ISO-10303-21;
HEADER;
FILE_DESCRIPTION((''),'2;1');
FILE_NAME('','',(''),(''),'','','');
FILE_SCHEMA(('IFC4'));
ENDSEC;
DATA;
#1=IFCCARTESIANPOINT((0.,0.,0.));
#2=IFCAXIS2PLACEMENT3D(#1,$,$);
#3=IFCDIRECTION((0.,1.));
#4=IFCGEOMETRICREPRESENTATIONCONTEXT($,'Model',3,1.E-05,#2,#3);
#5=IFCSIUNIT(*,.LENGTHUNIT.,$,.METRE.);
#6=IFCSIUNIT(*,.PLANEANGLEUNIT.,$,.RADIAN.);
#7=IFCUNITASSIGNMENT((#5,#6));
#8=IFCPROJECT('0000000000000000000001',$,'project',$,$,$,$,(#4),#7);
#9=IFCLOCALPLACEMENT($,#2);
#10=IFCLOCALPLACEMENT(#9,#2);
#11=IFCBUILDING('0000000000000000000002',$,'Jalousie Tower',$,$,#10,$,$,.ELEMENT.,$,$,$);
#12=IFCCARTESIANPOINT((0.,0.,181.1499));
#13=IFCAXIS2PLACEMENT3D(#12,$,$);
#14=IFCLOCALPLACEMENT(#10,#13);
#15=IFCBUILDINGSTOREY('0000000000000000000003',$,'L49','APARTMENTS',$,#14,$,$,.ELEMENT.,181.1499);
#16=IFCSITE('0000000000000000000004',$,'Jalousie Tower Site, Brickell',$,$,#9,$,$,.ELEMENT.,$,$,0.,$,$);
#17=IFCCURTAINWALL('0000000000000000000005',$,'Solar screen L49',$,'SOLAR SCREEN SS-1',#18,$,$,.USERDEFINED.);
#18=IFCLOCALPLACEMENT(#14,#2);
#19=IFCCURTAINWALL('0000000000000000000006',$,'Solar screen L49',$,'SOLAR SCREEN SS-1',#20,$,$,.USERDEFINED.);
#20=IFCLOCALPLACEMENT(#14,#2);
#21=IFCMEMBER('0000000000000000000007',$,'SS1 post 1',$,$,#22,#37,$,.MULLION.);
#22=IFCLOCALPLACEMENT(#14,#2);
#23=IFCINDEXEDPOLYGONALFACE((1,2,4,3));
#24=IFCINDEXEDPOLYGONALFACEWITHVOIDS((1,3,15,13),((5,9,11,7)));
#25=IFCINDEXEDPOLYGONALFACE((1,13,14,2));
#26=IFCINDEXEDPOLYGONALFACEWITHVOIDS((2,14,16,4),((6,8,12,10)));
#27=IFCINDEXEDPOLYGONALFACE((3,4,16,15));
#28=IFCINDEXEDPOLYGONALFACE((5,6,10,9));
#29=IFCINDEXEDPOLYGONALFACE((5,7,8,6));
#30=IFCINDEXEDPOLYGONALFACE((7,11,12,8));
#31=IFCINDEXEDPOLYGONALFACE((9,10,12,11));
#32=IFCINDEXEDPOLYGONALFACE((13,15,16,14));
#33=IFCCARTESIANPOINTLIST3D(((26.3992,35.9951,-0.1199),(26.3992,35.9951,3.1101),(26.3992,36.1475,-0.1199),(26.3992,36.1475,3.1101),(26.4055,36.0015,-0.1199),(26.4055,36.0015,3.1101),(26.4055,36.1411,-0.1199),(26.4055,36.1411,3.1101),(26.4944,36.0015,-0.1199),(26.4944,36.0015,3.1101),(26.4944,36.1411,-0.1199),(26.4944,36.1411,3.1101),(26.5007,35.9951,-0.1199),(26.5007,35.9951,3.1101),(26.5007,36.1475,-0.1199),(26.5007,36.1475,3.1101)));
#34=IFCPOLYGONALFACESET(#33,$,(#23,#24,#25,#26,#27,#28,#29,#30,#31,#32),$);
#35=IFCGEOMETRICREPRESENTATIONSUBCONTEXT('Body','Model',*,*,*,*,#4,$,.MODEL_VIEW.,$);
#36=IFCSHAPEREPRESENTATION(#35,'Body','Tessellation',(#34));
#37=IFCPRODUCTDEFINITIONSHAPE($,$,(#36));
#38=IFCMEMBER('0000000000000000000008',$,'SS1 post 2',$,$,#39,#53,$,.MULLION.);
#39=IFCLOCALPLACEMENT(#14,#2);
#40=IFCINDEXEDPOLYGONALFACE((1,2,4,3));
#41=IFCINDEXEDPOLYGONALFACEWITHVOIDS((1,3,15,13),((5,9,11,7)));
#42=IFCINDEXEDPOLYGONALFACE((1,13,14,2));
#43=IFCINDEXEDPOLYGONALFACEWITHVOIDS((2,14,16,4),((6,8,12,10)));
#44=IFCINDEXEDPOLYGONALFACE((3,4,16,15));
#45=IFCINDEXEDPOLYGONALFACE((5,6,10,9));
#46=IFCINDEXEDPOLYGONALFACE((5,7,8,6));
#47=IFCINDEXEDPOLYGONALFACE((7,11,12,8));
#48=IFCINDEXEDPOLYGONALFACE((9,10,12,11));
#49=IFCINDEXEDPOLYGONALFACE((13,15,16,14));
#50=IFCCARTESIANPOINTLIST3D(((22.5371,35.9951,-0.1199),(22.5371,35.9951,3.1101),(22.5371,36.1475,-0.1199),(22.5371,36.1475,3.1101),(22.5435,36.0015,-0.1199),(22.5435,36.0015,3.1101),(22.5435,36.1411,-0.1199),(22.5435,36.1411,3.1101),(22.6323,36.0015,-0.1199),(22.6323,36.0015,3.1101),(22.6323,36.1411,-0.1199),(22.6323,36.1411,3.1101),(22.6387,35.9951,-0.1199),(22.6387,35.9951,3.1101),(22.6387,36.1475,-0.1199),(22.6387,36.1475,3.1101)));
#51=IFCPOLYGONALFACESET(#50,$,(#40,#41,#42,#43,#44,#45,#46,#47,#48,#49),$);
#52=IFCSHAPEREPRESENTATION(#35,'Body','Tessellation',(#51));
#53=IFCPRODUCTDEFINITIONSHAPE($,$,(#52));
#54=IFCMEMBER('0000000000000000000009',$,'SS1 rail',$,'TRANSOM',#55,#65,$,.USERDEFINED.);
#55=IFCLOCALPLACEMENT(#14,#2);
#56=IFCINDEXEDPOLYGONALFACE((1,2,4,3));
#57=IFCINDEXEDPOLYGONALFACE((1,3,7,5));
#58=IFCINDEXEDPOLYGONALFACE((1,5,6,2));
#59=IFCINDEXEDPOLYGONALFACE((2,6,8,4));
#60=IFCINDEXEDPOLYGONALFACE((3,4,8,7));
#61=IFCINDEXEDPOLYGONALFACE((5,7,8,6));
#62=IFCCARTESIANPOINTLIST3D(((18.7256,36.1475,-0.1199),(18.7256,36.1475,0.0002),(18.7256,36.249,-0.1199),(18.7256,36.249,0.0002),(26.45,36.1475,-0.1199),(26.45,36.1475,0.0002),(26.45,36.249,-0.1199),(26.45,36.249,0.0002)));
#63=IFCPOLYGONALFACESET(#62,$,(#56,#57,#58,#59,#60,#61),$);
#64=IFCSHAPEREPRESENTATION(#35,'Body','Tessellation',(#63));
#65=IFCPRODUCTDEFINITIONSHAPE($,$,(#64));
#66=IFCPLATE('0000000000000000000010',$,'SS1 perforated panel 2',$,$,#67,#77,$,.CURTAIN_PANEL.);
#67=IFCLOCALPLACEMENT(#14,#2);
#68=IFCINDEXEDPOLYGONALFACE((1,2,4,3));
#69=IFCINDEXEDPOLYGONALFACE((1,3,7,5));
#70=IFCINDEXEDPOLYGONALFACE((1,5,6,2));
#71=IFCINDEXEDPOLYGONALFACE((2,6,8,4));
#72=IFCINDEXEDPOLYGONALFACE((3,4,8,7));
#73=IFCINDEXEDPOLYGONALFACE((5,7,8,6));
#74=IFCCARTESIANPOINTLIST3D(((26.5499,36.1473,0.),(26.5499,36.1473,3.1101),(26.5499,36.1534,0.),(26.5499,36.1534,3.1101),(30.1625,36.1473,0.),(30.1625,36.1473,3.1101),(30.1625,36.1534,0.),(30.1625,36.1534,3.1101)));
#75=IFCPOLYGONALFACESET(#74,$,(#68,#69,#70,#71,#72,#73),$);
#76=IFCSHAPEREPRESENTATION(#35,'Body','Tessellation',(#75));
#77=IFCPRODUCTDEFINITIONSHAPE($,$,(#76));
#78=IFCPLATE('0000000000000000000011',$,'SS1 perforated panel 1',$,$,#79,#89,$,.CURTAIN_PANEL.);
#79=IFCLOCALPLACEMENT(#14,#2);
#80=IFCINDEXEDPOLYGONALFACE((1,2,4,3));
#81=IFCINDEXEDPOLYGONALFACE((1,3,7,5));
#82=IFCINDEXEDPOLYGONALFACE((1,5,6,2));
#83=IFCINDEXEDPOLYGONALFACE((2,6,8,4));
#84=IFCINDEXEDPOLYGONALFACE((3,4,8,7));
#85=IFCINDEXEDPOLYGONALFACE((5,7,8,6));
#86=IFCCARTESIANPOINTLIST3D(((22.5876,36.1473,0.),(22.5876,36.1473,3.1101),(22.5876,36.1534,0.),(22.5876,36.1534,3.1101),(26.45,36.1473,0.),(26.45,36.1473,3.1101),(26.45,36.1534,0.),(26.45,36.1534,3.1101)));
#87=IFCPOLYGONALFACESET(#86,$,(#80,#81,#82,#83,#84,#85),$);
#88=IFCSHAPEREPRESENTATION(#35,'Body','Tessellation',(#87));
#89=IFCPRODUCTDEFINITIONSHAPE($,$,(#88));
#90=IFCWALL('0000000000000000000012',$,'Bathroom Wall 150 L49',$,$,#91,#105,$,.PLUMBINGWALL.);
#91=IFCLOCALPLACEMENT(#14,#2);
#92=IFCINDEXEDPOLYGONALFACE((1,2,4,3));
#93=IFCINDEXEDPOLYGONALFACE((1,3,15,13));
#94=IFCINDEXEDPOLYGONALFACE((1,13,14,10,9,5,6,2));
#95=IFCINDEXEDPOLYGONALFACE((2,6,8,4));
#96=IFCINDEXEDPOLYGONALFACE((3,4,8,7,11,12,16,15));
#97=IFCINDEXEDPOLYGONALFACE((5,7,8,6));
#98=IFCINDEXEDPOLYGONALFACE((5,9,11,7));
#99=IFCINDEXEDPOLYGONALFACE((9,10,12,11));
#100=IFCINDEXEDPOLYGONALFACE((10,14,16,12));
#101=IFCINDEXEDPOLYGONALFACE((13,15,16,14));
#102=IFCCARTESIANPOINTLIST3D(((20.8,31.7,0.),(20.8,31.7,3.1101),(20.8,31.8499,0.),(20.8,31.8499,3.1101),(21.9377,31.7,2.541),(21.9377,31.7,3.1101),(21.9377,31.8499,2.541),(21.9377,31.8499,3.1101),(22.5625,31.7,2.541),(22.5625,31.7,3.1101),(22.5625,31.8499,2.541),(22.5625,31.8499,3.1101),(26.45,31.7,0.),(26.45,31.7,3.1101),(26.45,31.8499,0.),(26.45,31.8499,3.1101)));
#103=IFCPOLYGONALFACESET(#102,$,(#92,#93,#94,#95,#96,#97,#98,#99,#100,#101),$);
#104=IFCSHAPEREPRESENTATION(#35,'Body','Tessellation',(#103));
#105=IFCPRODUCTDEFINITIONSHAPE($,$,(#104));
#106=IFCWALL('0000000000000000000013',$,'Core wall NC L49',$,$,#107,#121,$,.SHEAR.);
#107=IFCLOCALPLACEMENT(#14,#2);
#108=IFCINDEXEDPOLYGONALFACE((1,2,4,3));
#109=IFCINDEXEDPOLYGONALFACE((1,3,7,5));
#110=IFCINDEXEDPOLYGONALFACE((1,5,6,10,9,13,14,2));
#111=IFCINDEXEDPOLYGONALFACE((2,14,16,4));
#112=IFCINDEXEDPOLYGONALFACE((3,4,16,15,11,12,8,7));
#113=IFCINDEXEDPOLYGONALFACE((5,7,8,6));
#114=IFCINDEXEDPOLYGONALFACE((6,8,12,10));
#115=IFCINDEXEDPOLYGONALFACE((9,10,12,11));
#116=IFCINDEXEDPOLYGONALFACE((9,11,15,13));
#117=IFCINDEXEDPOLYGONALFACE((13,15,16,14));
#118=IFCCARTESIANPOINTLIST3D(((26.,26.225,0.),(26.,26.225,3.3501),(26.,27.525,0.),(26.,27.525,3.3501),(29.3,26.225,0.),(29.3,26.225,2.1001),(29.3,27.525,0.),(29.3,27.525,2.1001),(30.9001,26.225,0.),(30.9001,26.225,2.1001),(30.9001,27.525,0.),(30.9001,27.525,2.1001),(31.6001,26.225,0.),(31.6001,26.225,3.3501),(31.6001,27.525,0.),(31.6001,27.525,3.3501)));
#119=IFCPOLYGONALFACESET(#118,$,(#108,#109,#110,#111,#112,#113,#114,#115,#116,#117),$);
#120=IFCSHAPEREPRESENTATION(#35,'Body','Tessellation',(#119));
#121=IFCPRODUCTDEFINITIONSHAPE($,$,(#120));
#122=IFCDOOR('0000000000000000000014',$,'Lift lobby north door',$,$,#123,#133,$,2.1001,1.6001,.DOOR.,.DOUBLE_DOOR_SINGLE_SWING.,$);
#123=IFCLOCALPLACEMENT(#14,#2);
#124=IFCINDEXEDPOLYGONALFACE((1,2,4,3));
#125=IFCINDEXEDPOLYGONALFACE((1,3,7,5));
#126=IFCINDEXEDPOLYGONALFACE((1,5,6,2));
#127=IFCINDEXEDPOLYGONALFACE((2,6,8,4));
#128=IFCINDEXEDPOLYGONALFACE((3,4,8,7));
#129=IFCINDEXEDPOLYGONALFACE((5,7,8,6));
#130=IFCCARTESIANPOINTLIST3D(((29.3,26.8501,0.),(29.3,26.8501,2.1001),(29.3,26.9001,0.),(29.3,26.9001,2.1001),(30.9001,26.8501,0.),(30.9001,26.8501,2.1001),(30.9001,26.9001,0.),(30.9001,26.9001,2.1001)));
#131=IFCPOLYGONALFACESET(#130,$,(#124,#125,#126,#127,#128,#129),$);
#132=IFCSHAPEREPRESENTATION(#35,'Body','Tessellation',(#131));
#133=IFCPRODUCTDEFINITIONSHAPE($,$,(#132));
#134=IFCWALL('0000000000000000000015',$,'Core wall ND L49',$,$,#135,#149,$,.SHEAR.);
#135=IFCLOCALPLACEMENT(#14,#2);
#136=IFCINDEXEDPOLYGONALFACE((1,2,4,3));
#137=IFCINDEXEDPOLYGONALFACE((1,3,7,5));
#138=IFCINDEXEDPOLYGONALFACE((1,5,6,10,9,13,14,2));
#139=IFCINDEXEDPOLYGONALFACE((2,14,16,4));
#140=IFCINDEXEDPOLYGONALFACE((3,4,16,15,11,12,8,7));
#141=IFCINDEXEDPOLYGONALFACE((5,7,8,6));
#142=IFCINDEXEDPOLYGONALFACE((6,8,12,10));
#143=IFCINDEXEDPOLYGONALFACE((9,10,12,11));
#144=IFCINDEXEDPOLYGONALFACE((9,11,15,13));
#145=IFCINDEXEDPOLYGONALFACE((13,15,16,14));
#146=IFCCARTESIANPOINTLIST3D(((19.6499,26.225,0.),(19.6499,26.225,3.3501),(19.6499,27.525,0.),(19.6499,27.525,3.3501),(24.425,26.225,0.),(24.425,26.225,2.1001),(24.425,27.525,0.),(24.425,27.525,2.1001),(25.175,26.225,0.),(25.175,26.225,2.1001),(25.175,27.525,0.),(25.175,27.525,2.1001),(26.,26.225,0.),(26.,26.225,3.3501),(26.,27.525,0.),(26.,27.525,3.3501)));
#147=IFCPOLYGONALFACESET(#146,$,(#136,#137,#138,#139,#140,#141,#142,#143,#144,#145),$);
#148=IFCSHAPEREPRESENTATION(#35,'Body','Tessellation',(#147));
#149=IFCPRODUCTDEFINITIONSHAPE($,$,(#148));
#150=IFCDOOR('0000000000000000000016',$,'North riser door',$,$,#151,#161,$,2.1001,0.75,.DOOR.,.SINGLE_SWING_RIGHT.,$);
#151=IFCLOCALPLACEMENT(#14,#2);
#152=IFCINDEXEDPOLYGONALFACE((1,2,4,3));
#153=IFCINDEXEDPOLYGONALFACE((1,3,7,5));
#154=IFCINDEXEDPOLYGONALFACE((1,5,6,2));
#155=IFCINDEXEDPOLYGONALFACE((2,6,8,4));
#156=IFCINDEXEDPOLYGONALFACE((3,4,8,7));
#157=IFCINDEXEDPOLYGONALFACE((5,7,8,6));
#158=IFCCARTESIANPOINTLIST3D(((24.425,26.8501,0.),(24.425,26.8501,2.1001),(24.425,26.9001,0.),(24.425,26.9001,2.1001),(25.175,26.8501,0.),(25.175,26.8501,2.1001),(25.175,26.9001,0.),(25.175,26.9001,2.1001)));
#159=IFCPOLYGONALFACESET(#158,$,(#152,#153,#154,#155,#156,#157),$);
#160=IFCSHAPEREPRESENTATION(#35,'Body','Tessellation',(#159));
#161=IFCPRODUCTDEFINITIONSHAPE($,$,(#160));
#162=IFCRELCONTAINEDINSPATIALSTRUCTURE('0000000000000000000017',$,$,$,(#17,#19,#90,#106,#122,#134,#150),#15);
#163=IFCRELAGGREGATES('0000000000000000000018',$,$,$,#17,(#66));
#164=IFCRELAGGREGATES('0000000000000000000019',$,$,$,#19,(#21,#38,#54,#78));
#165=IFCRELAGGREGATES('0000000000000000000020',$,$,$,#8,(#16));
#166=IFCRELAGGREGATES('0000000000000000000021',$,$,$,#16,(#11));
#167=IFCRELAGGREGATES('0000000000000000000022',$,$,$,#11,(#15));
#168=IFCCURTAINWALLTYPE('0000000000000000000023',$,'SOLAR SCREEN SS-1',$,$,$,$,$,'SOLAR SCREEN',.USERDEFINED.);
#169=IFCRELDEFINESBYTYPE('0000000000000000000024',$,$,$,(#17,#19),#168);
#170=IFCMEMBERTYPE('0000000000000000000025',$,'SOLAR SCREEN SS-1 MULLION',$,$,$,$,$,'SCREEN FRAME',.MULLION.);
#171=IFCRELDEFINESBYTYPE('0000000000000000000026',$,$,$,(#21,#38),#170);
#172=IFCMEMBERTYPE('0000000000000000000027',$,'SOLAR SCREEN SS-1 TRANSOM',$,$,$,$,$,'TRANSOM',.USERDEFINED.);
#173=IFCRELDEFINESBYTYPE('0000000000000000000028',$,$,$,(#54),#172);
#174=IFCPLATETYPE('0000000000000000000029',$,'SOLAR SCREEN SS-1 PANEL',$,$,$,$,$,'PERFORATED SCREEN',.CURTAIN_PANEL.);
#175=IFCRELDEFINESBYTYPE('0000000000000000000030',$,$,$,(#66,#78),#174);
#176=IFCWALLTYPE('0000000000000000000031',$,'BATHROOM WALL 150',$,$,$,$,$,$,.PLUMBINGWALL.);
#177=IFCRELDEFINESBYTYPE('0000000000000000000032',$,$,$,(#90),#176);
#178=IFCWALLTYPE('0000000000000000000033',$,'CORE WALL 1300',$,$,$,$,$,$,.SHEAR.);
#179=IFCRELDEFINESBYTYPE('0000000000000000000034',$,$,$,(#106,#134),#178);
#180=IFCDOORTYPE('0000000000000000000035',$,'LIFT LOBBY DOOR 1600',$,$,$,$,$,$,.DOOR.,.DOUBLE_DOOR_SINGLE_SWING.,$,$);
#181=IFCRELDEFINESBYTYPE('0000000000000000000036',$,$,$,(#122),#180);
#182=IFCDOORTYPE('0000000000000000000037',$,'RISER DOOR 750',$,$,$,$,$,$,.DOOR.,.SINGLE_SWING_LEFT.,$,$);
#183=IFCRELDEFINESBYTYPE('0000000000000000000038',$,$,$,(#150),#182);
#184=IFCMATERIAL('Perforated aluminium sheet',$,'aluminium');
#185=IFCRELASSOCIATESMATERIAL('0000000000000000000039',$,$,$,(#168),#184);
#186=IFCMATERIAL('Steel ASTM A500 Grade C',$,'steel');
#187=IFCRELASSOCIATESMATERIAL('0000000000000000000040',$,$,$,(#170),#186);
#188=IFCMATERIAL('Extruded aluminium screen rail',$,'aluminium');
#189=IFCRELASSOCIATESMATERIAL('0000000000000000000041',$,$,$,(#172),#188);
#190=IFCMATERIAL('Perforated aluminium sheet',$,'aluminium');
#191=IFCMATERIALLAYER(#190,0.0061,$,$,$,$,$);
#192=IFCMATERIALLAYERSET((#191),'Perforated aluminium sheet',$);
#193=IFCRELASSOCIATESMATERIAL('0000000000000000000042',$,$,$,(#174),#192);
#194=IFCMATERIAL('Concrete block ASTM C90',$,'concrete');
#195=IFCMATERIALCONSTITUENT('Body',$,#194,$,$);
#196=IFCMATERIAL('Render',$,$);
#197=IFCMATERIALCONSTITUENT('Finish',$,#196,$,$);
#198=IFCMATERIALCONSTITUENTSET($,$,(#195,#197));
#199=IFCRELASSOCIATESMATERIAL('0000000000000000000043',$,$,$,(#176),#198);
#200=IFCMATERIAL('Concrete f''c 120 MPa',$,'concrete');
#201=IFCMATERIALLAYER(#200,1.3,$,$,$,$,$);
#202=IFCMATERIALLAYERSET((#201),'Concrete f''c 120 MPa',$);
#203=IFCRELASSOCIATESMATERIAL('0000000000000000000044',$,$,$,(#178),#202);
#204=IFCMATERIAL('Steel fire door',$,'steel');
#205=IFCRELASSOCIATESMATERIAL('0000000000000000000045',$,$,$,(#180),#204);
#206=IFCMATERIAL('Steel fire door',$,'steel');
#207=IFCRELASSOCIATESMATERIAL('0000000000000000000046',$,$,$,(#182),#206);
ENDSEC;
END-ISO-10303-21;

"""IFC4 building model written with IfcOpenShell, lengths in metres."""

from ifc_helpers import new_model, si_unit, direction, frame, frame_2d, origin, origin_2d, place, context, subcontext, project, spatial, polyline, rectangle, hollow_rectangle, outline, extrude, material, layer, layer_set, constituent, constituent_set, material_profile, profile_set, type_object, element, fill, aggregate, save


model = new_model("IFC4")

# Units and contexts
model_context = context("Model", 3, precision=1e-05, world=origin(), true_north=direction((0.0, 1.0)))
body_context = subcontext(model_context, "Body", "Model", "MODEL_VIEW")
ifc_project = project(units=[si_unit("LENGTHUNIT", "METRE"), si_unit("PLANEANGLEUNIT", "RADIAN")], contexts=[model_context])

# Site, building, storey
site_placement = place(None, origin())
site = spatial("IfcSite", under=ifc_project, at=site_placement, Name="Jalousie Tower Site, Brickell", CompositionType="ELEMENT", RefElevation=0.0)
building_placement = place(site_placement, origin())
building = spatial("IfcBuilding", under=site, at=building_placement, Name="Jalousie Tower", CompositionType="ELEMENT")
storey_placement = place(building_placement, frame((0.0, 0.0, 181.1499)))
storey = spatial("IfcBuildingStorey", under=building, at=storey_placement, Name="L49", Description="APARTMENTS", CompositionType="ELEMENT", Elevation=181.1499)

# Curtain walls, members
ifc_material_1 = material(Name="Perforated aluminium sheet", Category="aluminium")
curtain_wall_type = type_object("IfcCurtainWallType", Name="SOLAR SCREEN SS-1", ElementType="SOLAR SCREEN", PredefinedType="USERDEFINED", material=ifc_material_1)
curtain_wall_1_placement = place(storey_placement, origin())
curtain_wall_1 = element("IfcCurtainWall", 1, at=curtain_wall_1_placement, inside=storey, type_object=curtain_wall_type, Name="Solar screen L49", ObjectType="SOLAR SCREEN SS-1", PredefinedType="USERDEFINED")
ifc_material_2 = material(Name="Steel ASTM A500 Grade C", Category="steel")
ifc_material_profile_1 = material_profile(ifc_material_2, hollow_rectangle(XDim=0.1016, YDim=0.1523, WallThickness=0.0063, at=origin_2d()), Name="HSS6X4X1/4")
ifc_profile_set_1 = profile_set([ifc_material_profile_1], Name="Steel ASTM A500 Grade C")
member_type_1 = type_object("IfcMemberType", Name="SOLAR SCREEN SS-1 MULLION", ElementType="SCREEN FRAME", PredefinedType="MULLION", material=ifc_profile_set_1)
curtain_wall_2_placement = place(storey_placement, origin())
curtain_wall_2 = element("IfcCurtainWall", 2, at=curtain_wall_2_placement, inside=storey, type_object=curtain_wall_type, Name="Solar screen L49", ObjectType="SOLAR SCREEN SS-1", PredefinedType="USERDEFINED")
member_1_placement = place(storey_placement, frame((26.45, 36.0713, -0.1199), z_axis=(0.0, 0.0, 1.0), x_axis=(-1.0, 0.0, 0.0)))
member_1 = element("IfcMember", 3, at=member_1_placement, type_object=member_type_1, Name="SS1 post 1", PredefinedType="MULLION", context=body_context, shape_type="SweptSolid", body=[
    extrude(hollow_rectangle(XDim=0.1016, YDim=0.1523, WallThickness=0.0063, at=origin_2d()), origin(), (0.0, 0.0, 1.0), 3.23),
])
member_2_placement = place(storey_placement, frame((22.5879, 36.0713, -0.1199), z_axis=(0.0, 0.0, 1.0), x_axis=(-1.0, 0.0, 0.0)))
member_2 = element("IfcMember", 4, at=member_2_placement, type_object=member_type_1, Name="SS1 post 2", PredefinedType="MULLION", context=body_context, shape_type="SweptSolid", body=[
    extrude(hollow_rectangle(XDim=0.1016, YDim=0.1523, WallThickness=0.0063, at=origin_2d()), origin(), (0.0, 0.0, 1.0), 3.23),
])
ifc_material_3 = material(Name="Extruded aluminium screen rail", Category="aluminium")
ifc_material_profile_2 = material_profile(ifc_material_3, rectangle(XDim=0.1016, YDim=0.1201, at=origin_2d()), Name="RAIL 102x120")
ifc_profile_set_2 = profile_set([ifc_material_profile_2], Name="Extruded aluminium screen rail")
member_type_2 = type_object("IfcMemberType", Name="SOLAR SCREEN SS-1 TRANSOM", ElementType="TRANSOM", PredefinedType="USERDEFINED", material=ifc_profile_set_2)
member_3_placement = place(storey_placement, frame((26.45, 36.1982, -0.0598), z_axis=(-1.0, 0.0, 0.0), x_axis=(0.0, -1.0, 0.0)))
member_3 = element("IfcMember", 5, at=member_3_placement, type_object=member_type_2, Name="SS1 rail", ObjectType="TRANSOM", PredefinedType="USERDEFINED", context=body_context, shape_type="SweptSolid", body=[
    extrude(rectangle(XDim=0.1016, YDim=0.1201, at=origin_2d()), origin(), (0.0, 0.0, 1.0), 7.7244),
])

# Plates
ifc_material_4 = material(Name="Perforated aluminium sheet", Category="aluminium")
ifc_layer_1 = layer(ifc_material_4, 0.0061)
ifc_layer_set_1 = layer_set([ifc_layer_1], Name="Perforated aluminium sheet")
plate_type = type_object("IfcPlateType", Name="SOLAR SCREEN SS-1 PANEL", ElementType="PERFORATED SCREEN", PredefinedType="CURTAIN_PANEL", material=ifc_layer_set_1)
plate_1_placement = place(storey_placement, frame((28.3562, 36.1504, 0.0), z_axis=(0.0, 0.0, 1.0), x_axis=(-1.0, 0.0, 0.0)))
plate_1 = element("IfcPlate", 6, at=plate_1_placement, type_object=plate_type, Name="SS1 perforated panel 2", PredefinedType="CURTAIN_PANEL", context=body_context, shape_type="SweptSolid", body=[
    extrude(rectangle(XDim=3.6125, YDim=0.0061, at=origin_2d()), origin(), (0.0, 0.0, 1.0), 3.1101),
])
aggregate(curtain_wall_1, [plate_1])
plate_2_placement = place(storey_placement, frame((24.5188, 36.1504, 0.0), z_axis=(0.0, 0.0, 1.0), x_axis=(-1.0, 0.0, 0.0)))
plate_2 = element("IfcPlate", 7, at=plate_2_placement, type_object=plate_type, Name="SS1 perforated panel 1", PredefinedType="CURTAIN_PANEL", context=body_context, shape_type="SweptSolid", body=[
    extrude(rectangle(XDim=3.8623, YDim=0.0061, at=origin_2d()), origin(), (0.0, 0.0, 1.0), 3.1101),
])
aggregate(curtain_wall_2, [member_1, member_2, member_3, plate_2])

# Wall
ifc_material_5 = material(Name="Concrete block ASTM C90", Category="concrete")
ifc_constituent_1 = constituent(ifc_material_5, Name="Body")
ifc_material_6 = material(Name="Render")
ifc_constituent_2 = constituent(ifc_material_6, Name="Finish")
ifc_constituent_set_1 = constituent_set(constituents=[ifc_constituent_1, ifc_constituent_2])
wall_type_1 = type_object("IfcWallType", Name="BATHROOM WALL 150", PredefinedType="PLUMBINGWALL", material=ifc_constituent_set_1)
wall_1_placement = place(storey_placement, frame((20.8, 31.7749, 0.0), z_axis=(0.0, 0.0, 1.0), x_axis=(1.0, 0.0, 0.0)))
element("IfcWall", 8, at=wall_1_placement, inside=storey, type_object=wall_type_1, Name="Bathroom Wall 150 L49", PredefinedType="PLUMBINGWALL", context=body_context, shape_type="SweptSolid", body=[
    extrude(outline(polyline([(0.0, 0.0), (5.6499, 0.0), (5.6499, 3.1101), (1.7625, 3.1101), (1.7625, 2.541), (1.1377, 2.541), (1.1377, 3.1101), (0.0, 3.1101), (0.0, 0.0)])), frame((0.0, 0.075, 0.0), z_axis=(0.0, -1.0, 0.0), x_axis=(1.0, 0.0, 0.0)), (0.0, 0.0, 1.0), 0.1499),
])

# Walls, openings, doors
ifc_material_7 = material(Name="Concrete f'c 120 MPa", Category="concrete")
ifc_layer_2 = layer(ifc_material_7, 1.3)
ifc_layer_set_2 = layer_set([ifc_layer_2], Name="Concrete f'c 120 MPa")
wall_type_2 = type_object("IfcWallType", Name="CORE WALL 1300", PredefinedType="SHEAR", material=ifc_layer_set_2)
wall_2_placement = place(storey_placement, frame((31.6001, 26.875, 0.0), z_axis=(0.0, 0.0, 1.0), x_axis=(-1.0, 0.0, 0.0)))
wall_2 = element("IfcWall", 9, at=wall_2_placement, inside=storey, type_object=wall_type_2, Name="Core wall NC L49", PredefinedType="SHEAR", context=body_context, shape_type="SweptSolid", body=[
    extrude(rectangle(XDim=5.6001, YDim=1.3, at=frame_2d((2.8, 0.0))), origin(), (0.0, 0.0, 1.0), 3.3501),
])
opening_1_placement = place(wall_2_placement, frame((0.7, 0.0, 0.0)))
opening_1 = element("IfcOpeningElement", 10, at=opening_1_placement, cuts=wall_2, PredefinedType="OPENING", context=body_context, shape_type="SweptSolid", body=[
    extrude(rectangle(XDim=1.6001, YDim=2.1001, at=frame_2d((0.8, 1.05))), frame((0.0, 0.6599, 0.0), z_axis=(0.0, -1.0, 0.0), x_axis=(1.0, 0.0, 0.0)), (0.0, 0.0, 1.0), 1.3201),
])
ifc_material_8 = material(Name="Steel fire door", Category="steel")
door_type_1 = type_object("IfcDoorType", Name="LIFT LOBBY DOOR 1600", OperationType="DOUBLE_DOOR_SINGLE_SWING", PredefinedType="DOOR", material=ifc_material_8)
door_1_placement = place(opening_1_placement, origin())
door_1 = element("IfcDoor", 11, at=door_1_placement, inside=storey, type_object=door_type_1, Name="Lift lobby north door", OperationType="DOUBLE_DOOR_SINGLE_SWING", OverallHeight=2.1001, OverallWidth=1.6001, PredefinedType="DOOR", context=body_context, shape_type="SweptSolid", body=[
    extrude(rectangle(XDim=1.6001, YDim=2.1001, at=frame_2d((0.8, 1.05))), frame((0.0, 0.0249, 0.0), z_axis=(0.0, -1.0, 0.0), x_axis=(1.0, 0.0, 0.0)), (0.0, 0.0, 1.0), 0.05),
])
fill(opening_1, door_1)
wall_3_placement = place(storey_placement, frame((26.0, 26.875, 0.0), z_axis=(0.0, 0.0, 1.0), x_axis=(-1.0, 0.0, 0.0)))
wall_3 = element("IfcWall", 12, at=wall_3_placement, inside=storey, type_object=wall_type_2, Name="Core wall ND L49", PredefinedType="SHEAR", context=body_context, shape_type="SweptSolid", body=[
    extrude(rectangle(XDim=6.3501, YDim=1.3, at=frame_2d((3.175, 0.0))), origin(), (0.0, 0.0, 1.0), 3.3501),
])
opening_2_placement = place(wall_3_placement, frame((0.825, 0.0, 0.0)))
opening_2 = element("IfcOpeningElement", 13, at=opening_2_placement, cuts=wall_3, PredefinedType="OPENING", context=body_context, shape_type="SweptSolid", body=[
    extrude(rectangle(XDim=0.75, YDim=2.1001, at=frame_2d((0.375, 1.05))), frame((0.0, 0.6599, 0.0), z_axis=(0.0, -1.0, 0.0), x_axis=(1.0, 0.0, 0.0)), (0.0, 0.0, 1.0), 1.3201),
])
ifc_material_9 = material(Name="Steel fire door", Category="steel")
door_type_2 = type_object("IfcDoorType", Name="RISER DOOR 750", OperationType="SINGLE_SWING_LEFT", PredefinedType="DOOR", material=ifc_material_9)
door_2_placement = place(opening_2_placement, origin())
door_2 = element("IfcDoor", 14, at=door_2_placement, inside=storey, type_object=door_type_2, Name="North riser door", OperationType="SINGLE_SWING_RIGHT", OverallHeight=2.1001, OverallWidth=0.75, PredefinedType="DOOR", context=body_context, shape_type="SweptSolid", body=[
    extrude(rectangle(XDim=0.75, YDim=2.1001, at=frame_2d((0.375, 1.05))), frame((0.0, 0.0249, 0.0), z_axis=(0.0, -1.0, 0.0), x_axis=(1.0, 0.0, 0.0)), (0.0, 0.0, 1.0), 0.05),
])
fill(opening_2, door_2)

save(model, "model.ifc")
